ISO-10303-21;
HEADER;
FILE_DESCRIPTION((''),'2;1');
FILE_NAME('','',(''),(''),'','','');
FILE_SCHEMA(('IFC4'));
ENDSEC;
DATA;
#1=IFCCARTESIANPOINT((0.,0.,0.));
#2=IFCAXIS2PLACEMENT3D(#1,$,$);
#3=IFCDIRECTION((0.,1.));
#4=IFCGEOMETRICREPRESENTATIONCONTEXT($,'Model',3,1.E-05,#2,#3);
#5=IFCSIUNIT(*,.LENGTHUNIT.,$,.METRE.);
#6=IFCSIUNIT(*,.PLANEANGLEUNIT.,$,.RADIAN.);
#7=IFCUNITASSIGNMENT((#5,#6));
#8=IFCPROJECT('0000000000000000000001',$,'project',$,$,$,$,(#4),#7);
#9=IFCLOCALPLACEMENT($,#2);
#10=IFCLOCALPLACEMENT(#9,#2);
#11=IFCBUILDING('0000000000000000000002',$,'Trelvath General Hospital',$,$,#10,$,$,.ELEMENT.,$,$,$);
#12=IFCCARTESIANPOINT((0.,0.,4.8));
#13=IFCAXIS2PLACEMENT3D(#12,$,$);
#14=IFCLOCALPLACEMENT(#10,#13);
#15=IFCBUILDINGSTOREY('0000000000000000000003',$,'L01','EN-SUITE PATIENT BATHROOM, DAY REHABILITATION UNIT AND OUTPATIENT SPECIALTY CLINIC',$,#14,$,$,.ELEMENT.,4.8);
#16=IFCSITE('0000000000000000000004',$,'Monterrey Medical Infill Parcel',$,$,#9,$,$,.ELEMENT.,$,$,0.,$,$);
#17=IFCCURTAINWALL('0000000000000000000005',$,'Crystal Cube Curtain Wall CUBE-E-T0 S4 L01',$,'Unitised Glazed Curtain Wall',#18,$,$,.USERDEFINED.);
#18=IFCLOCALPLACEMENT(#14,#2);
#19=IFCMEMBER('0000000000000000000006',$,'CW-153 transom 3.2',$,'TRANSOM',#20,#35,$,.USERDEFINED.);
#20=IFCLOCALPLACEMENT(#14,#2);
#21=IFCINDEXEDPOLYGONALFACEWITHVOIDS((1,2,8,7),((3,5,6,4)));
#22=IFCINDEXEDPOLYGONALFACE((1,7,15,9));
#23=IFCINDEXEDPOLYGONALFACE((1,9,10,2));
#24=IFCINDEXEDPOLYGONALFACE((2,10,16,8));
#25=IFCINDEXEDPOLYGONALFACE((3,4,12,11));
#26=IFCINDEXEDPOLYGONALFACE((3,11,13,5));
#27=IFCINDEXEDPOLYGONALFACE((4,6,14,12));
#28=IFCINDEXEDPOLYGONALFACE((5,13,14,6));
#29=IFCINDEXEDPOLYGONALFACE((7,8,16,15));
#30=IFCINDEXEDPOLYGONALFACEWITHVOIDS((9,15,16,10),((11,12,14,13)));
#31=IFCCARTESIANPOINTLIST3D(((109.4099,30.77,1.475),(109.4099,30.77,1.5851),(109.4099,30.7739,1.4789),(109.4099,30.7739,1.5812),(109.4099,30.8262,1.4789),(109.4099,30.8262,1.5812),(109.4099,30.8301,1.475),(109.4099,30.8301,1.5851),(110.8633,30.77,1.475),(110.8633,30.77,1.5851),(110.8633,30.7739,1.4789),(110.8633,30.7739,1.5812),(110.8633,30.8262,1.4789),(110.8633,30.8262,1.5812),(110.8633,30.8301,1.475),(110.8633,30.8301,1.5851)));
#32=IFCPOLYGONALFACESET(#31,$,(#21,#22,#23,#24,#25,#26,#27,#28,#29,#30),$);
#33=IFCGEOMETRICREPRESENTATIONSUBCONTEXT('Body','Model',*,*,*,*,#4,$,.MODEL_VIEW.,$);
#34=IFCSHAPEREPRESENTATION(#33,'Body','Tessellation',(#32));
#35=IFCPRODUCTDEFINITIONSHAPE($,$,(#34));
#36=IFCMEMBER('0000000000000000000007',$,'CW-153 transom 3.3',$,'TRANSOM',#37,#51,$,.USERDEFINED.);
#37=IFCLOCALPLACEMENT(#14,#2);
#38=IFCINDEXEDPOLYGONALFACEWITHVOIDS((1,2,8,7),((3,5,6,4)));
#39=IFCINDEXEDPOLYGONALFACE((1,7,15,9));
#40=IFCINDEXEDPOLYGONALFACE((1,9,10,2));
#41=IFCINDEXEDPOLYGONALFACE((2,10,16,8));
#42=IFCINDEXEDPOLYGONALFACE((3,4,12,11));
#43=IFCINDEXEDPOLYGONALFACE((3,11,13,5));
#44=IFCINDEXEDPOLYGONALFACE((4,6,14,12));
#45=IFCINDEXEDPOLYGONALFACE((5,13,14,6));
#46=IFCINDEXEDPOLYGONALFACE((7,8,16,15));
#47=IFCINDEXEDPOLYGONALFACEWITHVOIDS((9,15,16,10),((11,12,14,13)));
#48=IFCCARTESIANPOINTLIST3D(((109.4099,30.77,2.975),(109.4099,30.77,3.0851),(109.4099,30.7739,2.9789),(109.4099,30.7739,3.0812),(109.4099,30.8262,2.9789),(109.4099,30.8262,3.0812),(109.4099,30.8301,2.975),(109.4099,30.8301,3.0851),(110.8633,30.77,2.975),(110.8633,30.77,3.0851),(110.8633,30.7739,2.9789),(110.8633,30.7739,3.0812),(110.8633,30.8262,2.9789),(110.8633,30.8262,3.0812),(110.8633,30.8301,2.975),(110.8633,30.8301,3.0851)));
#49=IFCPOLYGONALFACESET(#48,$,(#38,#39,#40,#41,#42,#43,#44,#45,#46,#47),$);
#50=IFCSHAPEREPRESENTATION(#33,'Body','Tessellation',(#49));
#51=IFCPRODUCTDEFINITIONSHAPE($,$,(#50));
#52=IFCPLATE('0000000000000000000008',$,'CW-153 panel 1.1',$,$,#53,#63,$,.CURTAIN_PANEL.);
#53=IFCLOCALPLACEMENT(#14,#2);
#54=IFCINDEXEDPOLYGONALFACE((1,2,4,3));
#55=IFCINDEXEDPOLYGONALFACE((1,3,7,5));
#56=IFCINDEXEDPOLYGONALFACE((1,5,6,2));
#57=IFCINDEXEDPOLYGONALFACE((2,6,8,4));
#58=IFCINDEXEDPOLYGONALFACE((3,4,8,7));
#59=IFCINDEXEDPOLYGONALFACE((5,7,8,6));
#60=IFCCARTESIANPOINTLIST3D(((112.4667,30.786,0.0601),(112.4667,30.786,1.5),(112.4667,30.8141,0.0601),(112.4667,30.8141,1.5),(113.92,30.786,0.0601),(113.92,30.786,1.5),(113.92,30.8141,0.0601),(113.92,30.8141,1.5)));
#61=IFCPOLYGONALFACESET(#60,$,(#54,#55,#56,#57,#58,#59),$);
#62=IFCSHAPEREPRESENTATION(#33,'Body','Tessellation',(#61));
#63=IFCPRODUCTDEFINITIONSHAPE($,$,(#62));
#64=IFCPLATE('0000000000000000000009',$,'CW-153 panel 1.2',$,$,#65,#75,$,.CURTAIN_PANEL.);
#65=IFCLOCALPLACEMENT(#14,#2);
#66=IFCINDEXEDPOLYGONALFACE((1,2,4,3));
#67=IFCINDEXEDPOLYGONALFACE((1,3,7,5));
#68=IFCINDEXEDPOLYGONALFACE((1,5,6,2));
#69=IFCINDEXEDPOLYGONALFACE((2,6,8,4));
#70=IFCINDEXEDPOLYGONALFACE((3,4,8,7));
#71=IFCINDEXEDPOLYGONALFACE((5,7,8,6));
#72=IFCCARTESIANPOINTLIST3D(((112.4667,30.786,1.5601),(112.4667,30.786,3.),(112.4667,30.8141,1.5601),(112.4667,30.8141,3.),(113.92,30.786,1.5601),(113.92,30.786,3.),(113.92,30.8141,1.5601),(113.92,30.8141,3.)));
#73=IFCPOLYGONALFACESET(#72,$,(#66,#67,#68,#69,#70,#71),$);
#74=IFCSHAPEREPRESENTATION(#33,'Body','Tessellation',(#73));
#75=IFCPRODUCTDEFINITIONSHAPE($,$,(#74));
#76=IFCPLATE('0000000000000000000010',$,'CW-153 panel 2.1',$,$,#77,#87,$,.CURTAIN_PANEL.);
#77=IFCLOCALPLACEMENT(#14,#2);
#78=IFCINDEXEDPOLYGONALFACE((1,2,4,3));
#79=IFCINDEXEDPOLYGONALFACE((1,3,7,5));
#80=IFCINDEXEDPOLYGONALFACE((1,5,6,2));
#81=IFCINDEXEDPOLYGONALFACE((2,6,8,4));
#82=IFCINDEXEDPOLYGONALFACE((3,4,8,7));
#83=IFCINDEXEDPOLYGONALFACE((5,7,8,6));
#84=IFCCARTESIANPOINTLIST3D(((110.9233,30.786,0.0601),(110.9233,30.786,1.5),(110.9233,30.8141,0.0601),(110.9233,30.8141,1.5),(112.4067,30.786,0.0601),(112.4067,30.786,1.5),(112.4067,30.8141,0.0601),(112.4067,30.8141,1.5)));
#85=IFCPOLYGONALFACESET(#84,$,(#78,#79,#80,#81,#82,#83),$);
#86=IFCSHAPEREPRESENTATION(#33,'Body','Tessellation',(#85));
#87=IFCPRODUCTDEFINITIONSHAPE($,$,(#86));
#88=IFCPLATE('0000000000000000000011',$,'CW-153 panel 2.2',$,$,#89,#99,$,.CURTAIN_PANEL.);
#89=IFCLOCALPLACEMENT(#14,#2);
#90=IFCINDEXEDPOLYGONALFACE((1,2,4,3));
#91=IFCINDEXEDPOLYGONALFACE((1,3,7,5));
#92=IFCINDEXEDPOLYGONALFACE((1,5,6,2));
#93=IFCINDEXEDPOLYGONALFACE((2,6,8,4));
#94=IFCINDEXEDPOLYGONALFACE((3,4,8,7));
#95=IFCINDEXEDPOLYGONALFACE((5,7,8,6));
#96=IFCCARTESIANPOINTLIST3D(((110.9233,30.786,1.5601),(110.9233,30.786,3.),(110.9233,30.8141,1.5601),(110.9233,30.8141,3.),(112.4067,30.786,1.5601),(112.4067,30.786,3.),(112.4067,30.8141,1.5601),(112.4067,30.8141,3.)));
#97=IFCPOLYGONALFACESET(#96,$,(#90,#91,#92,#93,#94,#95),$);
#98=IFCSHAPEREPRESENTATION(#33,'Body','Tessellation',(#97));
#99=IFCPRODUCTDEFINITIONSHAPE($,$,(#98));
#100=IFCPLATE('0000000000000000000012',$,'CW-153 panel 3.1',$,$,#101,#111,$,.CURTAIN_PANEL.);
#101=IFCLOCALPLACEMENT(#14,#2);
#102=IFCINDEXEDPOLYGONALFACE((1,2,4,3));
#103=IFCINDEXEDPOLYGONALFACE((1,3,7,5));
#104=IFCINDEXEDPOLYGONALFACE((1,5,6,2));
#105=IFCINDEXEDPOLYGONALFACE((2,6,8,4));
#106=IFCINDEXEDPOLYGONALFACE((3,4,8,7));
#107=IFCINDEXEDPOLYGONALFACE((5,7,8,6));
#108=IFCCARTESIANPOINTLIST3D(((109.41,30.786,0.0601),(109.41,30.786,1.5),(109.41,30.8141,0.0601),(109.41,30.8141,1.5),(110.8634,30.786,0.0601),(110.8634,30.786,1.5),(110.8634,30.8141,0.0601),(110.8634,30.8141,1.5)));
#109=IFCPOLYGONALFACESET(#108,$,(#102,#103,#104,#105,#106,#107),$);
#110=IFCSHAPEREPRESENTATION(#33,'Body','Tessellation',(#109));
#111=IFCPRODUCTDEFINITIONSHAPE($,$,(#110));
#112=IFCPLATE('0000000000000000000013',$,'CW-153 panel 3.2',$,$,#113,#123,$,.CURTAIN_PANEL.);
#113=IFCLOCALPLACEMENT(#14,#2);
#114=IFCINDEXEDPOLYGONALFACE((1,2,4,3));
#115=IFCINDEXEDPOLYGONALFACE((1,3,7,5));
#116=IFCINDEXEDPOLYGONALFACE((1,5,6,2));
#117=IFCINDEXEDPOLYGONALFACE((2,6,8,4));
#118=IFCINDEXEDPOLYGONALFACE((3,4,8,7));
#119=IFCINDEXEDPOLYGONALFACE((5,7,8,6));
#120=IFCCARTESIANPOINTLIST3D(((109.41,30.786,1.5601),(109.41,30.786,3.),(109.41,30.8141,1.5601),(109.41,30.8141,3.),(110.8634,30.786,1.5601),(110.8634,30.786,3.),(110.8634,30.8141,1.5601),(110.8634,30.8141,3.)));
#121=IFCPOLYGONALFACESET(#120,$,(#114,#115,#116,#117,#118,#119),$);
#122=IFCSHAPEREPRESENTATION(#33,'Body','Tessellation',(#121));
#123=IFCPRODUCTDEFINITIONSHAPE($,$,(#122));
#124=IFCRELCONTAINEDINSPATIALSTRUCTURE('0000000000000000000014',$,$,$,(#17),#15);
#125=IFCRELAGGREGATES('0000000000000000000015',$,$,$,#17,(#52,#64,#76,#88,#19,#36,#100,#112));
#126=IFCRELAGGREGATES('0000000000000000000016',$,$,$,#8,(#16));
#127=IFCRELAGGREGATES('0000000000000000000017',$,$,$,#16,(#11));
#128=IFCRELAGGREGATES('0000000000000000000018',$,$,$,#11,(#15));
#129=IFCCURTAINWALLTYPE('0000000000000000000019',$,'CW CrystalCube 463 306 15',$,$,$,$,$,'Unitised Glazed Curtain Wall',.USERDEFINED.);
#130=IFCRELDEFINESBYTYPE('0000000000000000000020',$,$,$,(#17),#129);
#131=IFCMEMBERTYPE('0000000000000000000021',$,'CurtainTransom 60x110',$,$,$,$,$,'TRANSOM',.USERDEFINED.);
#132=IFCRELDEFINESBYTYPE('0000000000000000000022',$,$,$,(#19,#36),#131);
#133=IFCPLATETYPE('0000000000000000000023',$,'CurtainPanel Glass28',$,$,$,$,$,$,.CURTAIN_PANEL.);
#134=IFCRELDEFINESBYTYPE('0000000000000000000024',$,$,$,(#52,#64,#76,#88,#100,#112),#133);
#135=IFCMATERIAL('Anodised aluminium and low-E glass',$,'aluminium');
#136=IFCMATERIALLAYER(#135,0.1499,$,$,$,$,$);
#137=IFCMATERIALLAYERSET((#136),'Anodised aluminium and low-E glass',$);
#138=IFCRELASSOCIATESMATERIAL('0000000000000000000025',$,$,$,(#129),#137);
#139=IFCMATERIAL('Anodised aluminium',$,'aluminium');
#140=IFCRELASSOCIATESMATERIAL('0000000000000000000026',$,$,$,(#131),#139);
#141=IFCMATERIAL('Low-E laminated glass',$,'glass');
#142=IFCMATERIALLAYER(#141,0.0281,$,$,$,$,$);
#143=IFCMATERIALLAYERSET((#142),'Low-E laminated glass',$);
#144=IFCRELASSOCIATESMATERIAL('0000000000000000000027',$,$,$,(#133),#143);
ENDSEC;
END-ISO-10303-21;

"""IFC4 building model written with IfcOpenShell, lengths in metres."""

from ifc_helpers import new_model, si_unit, direction, frame, origin, origin_2d, place, context, subcontext, project, spatial, rectangle, hollow_rectangle, extrude, material, layer, layer_set, material_profile, profile_set, type_object, element, aggregate, save


model = new_model("IFC4")

# Units and contexts
model_context = context("Model", 3, precision=1e-05, world=origin(), true_north=direction((0.0, 1.0)))
body_context = subcontext(model_context, "Body", "Model", "MODEL_VIEW")
ifc_project = project(units=[si_unit("LENGTHUNIT", "METRE"), si_unit("PLANEANGLEUNIT", "RADIAN")], contexts=[model_context])

# Site, building, storey
site_placement = place(None, origin())
site = spatial("IfcSite", under=ifc_project, at=site_placement, Name="Monterrey Medical Infill Parcel", CompositionType="ELEMENT", RefElevation=0.0)
building_placement = place(site_placement, origin())
building = spatial("IfcBuilding", under=site, at=building_placement, Name="Trelvath General Hospital", CompositionType="ELEMENT")
storey_placement = place(building_placement, frame((0.0, 0.0, 4.8)))
storey = spatial("IfcBuildingStorey", under=building, at=storey_placement, Name="L01", Description="EN-SUITE PATIENT BATHROOM, DAY REHABILITATION UNIT AND OUTPATIENT SPECIALTY CLINIC", CompositionType="ELEMENT", Elevation=4.8)

# Curtain wall, members, plates
ifc_material_1 = material(Name="Anodised aluminium and low-E glass", Category="aluminium")
ifc_layer_1 = layer(ifc_material_1, 0.1499)
ifc_layer_set_1 = layer_set([ifc_layer_1], Name="Anodised aluminium and low-E glass")
curtain_wall_type = type_object("IfcCurtainWallType", Name="CW CrystalCube 463 306 15", ElementType="Unitised Glazed Curtain Wall", PredefinedType="USERDEFINED", material=ifc_layer_set_1)
curtain_wall_placement = place(storey_placement, origin())
curtain_wall = element("IfcCurtainWall", 1, at=curtain_wall_placement, inside=storey, type_object=curtain_wall_type, Name="Crystal Cube Curtain Wall CUBE-E-T0 S4 L01", ObjectType="Unitised Glazed Curtain Wall", PredefinedType="USERDEFINED")
ifc_material_2 = material(Name="Anodised aluminium", Category="aluminium")
ifc_material_profile_1 = material_profile(ifc_material_2, hollow_rectangle(XDim=0.0601, YDim=0.1101, WallThickness=0.0039, at=origin_2d()), Name="RHS60x110x4")
ifc_profile_set_1 = profile_set([ifc_material_profile_1], Name="Anodised aluminium")
member_type_1 = type_object("IfcMemberType", Name="CurtainTransom 60x110", ElementType="TRANSOM", PredefinedType="USERDEFINED", material=ifc_profile_set_1)
member_1_placement = place(storey_placement, frame((110.8633, 30.8, 1.53), z_axis=(-1.0, 0.0, 0.0), x_axis=(0.0, -1.0, 0.0)))
member_1 = element("IfcMember", 2, at=member_1_placement, type_object=member_type_1, Name="CW-153 transom 3.2", ObjectType="TRANSOM", PredefinedType="USERDEFINED", context=body_context, shape_type="SweptSolid", body=[
    extrude(hollow_rectangle(XDim=0.0601, YDim=0.1101, WallThickness=0.0039, at=origin_2d()), origin(), (0.0, 0.0, 1.0), 1.4534),
])
member_2_placement = place(storey_placement, frame((110.8633, 30.8, 3.03), z_axis=(-1.0, 0.0, 0.0), x_axis=(0.0, -1.0, 0.0)))
member_2 = element("IfcMember", 3, at=member_2_placement, type_object=member_type_1, Name="CW-153 transom 3.3", ObjectType="TRANSOM", PredefinedType="USERDEFINED", context=body_context, shape_type="SweptSolid", body=[
    extrude(hollow_rectangle(XDim=0.0601, YDim=0.1101, WallThickness=0.0039, at=origin_2d()), origin(), (0.0, 0.0, 1.0), 1.4534),
])
ifc_material_3 = material(Name="Low-E laminated glass", Category="glass")
ifc_layer_2 = layer(ifc_material_3, 0.0281)
ifc_layer_set_2 = layer_set([ifc_layer_2], Name="Low-E laminated glass")
plate_type = type_object("IfcPlateType", Name="CurtainPanel Glass28", PredefinedType="CURTAIN_PANEL", material=ifc_layer_set_2)
plate_1_placement = place(storey_placement, frame((113.1934, 30.8, 0.0601), z_axis=(0.0, 0.0, 1.0), x_axis=(-1.0, 0.0, 0.0)))
plate_1 = element("IfcPlate", 4, at=plate_1_placement, type_object=plate_type, Name="CW-153 panel 1.1", PredefinedType="CURTAIN_PANEL", context=body_context, shape_type="SweptSolid", body=[
    extrude(rectangle(XDim=1.4534, YDim=0.0281, at=origin_2d()), origin(), (0.0, 0.0, 1.0), 1.4399),
])
plate_2_placement = place(storey_placement, frame((113.1934, 30.8, 1.5601), z_axis=(0.0, 0.0, 1.0), x_axis=(-1.0, 0.0, 0.0)))
plate_2 = element("IfcPlate", 5, at=plate_2_placement, type_object=plate_type, Name="CW-153 panel 1.2", PredefinedType="CURTAIN_PANEL", context=body_context, shape_type="SweptSolid", body=[
    extrude(rectangle(XDim=1.4534, YDim=0.0281, at=origin_2d()), origin(), (0.0, 0.0, 1.0), 1.4399),
])
plate_3_placement = place(storey_placement, frame((111.665, 30.8, 0.0601), z_axis=(0.0, 0.0, 1.0), x_axis=(-1.0, 0.0, 0.0)))
plate_3 = element("IfcPlate", 6, at=plate_3_placement, type_object=plate_type, Name="CW-153 panel 2.1", PredefinedType="CURTAIN_PANEL", context=body_context, shape_type="SweptSolid", body=[
    extrude(rectangle(XDim=1.4834, YDim=0.0281, at=origin_2d()), origin(), (0.0, 0.0, 1.0), 1.4399),
])
plate_4_placement = place(storey_placement, frame((111.665, 30.8, 1.5601), z_axis=(0.0, 0.0, 1.0), x_axis=(-1.0, 0.0, 0.0)))
plate_4 = element("IfcPlate", 7, at=plate_4_placement, type_object=plate_type, Name="CW-153 panel 2.2", PredefinedType="CURTAIN_PANEL", context=body_context, shape_type="SweptSolid", body=[
    extrude(rectangle(XDim=1.4834, YDim=0.0281, at=origin_2d()), origin(), (0.0, 0.0, 1.0), 1.4399),
])
plate_5_placement = place(storey_placement, frame((110.1367, 30.8, 0.0601), z_axis=(0.0, 0.0, 1.0), x_axis=(-1.0, 0.0, 0.0)))
plate_5 = element("IfcPlate", 8, at=plate_5_placement, type_object=plate_type, Name="CW-153 panel 3.1", PredefinedType="CURTAIN_PANEL", context=body_context, shape_type="SweptSolid", body=[
    extrude(rectangle(XDim=1.4534, YDim=0.0281, at=origin_2d()), origin(), (0.0, 0.0, 1.0), 1.4399),
])
plate_6_placement = place(storey_placement, frame((110.1367, 30.8, 1.5601), z_axis=(0.0, 0.0, 1.0), x_axis=(-1.0, 0.0, 0.0)))
plate_6 = element("IfcPlate", 9, at=plate_6_placement, type_object=plate_type, Name="CW-153 panel 3.2", PredefinedType="CURTAIN_PANEL", context=body_context, shape_type="SweptSolid", body=[
    extrude(rectangle(XDim=1.4534, YDim=0.0281, at=origin_2d()), origin(), (0.0, 0.0, 1.0), 1.4399),
])
aggregate(curtain_wall, [plate_1, plate_2, plate_3, plate_4, member_1, member_2, plate_5, plate_6])

save(model, "model.ifc")
